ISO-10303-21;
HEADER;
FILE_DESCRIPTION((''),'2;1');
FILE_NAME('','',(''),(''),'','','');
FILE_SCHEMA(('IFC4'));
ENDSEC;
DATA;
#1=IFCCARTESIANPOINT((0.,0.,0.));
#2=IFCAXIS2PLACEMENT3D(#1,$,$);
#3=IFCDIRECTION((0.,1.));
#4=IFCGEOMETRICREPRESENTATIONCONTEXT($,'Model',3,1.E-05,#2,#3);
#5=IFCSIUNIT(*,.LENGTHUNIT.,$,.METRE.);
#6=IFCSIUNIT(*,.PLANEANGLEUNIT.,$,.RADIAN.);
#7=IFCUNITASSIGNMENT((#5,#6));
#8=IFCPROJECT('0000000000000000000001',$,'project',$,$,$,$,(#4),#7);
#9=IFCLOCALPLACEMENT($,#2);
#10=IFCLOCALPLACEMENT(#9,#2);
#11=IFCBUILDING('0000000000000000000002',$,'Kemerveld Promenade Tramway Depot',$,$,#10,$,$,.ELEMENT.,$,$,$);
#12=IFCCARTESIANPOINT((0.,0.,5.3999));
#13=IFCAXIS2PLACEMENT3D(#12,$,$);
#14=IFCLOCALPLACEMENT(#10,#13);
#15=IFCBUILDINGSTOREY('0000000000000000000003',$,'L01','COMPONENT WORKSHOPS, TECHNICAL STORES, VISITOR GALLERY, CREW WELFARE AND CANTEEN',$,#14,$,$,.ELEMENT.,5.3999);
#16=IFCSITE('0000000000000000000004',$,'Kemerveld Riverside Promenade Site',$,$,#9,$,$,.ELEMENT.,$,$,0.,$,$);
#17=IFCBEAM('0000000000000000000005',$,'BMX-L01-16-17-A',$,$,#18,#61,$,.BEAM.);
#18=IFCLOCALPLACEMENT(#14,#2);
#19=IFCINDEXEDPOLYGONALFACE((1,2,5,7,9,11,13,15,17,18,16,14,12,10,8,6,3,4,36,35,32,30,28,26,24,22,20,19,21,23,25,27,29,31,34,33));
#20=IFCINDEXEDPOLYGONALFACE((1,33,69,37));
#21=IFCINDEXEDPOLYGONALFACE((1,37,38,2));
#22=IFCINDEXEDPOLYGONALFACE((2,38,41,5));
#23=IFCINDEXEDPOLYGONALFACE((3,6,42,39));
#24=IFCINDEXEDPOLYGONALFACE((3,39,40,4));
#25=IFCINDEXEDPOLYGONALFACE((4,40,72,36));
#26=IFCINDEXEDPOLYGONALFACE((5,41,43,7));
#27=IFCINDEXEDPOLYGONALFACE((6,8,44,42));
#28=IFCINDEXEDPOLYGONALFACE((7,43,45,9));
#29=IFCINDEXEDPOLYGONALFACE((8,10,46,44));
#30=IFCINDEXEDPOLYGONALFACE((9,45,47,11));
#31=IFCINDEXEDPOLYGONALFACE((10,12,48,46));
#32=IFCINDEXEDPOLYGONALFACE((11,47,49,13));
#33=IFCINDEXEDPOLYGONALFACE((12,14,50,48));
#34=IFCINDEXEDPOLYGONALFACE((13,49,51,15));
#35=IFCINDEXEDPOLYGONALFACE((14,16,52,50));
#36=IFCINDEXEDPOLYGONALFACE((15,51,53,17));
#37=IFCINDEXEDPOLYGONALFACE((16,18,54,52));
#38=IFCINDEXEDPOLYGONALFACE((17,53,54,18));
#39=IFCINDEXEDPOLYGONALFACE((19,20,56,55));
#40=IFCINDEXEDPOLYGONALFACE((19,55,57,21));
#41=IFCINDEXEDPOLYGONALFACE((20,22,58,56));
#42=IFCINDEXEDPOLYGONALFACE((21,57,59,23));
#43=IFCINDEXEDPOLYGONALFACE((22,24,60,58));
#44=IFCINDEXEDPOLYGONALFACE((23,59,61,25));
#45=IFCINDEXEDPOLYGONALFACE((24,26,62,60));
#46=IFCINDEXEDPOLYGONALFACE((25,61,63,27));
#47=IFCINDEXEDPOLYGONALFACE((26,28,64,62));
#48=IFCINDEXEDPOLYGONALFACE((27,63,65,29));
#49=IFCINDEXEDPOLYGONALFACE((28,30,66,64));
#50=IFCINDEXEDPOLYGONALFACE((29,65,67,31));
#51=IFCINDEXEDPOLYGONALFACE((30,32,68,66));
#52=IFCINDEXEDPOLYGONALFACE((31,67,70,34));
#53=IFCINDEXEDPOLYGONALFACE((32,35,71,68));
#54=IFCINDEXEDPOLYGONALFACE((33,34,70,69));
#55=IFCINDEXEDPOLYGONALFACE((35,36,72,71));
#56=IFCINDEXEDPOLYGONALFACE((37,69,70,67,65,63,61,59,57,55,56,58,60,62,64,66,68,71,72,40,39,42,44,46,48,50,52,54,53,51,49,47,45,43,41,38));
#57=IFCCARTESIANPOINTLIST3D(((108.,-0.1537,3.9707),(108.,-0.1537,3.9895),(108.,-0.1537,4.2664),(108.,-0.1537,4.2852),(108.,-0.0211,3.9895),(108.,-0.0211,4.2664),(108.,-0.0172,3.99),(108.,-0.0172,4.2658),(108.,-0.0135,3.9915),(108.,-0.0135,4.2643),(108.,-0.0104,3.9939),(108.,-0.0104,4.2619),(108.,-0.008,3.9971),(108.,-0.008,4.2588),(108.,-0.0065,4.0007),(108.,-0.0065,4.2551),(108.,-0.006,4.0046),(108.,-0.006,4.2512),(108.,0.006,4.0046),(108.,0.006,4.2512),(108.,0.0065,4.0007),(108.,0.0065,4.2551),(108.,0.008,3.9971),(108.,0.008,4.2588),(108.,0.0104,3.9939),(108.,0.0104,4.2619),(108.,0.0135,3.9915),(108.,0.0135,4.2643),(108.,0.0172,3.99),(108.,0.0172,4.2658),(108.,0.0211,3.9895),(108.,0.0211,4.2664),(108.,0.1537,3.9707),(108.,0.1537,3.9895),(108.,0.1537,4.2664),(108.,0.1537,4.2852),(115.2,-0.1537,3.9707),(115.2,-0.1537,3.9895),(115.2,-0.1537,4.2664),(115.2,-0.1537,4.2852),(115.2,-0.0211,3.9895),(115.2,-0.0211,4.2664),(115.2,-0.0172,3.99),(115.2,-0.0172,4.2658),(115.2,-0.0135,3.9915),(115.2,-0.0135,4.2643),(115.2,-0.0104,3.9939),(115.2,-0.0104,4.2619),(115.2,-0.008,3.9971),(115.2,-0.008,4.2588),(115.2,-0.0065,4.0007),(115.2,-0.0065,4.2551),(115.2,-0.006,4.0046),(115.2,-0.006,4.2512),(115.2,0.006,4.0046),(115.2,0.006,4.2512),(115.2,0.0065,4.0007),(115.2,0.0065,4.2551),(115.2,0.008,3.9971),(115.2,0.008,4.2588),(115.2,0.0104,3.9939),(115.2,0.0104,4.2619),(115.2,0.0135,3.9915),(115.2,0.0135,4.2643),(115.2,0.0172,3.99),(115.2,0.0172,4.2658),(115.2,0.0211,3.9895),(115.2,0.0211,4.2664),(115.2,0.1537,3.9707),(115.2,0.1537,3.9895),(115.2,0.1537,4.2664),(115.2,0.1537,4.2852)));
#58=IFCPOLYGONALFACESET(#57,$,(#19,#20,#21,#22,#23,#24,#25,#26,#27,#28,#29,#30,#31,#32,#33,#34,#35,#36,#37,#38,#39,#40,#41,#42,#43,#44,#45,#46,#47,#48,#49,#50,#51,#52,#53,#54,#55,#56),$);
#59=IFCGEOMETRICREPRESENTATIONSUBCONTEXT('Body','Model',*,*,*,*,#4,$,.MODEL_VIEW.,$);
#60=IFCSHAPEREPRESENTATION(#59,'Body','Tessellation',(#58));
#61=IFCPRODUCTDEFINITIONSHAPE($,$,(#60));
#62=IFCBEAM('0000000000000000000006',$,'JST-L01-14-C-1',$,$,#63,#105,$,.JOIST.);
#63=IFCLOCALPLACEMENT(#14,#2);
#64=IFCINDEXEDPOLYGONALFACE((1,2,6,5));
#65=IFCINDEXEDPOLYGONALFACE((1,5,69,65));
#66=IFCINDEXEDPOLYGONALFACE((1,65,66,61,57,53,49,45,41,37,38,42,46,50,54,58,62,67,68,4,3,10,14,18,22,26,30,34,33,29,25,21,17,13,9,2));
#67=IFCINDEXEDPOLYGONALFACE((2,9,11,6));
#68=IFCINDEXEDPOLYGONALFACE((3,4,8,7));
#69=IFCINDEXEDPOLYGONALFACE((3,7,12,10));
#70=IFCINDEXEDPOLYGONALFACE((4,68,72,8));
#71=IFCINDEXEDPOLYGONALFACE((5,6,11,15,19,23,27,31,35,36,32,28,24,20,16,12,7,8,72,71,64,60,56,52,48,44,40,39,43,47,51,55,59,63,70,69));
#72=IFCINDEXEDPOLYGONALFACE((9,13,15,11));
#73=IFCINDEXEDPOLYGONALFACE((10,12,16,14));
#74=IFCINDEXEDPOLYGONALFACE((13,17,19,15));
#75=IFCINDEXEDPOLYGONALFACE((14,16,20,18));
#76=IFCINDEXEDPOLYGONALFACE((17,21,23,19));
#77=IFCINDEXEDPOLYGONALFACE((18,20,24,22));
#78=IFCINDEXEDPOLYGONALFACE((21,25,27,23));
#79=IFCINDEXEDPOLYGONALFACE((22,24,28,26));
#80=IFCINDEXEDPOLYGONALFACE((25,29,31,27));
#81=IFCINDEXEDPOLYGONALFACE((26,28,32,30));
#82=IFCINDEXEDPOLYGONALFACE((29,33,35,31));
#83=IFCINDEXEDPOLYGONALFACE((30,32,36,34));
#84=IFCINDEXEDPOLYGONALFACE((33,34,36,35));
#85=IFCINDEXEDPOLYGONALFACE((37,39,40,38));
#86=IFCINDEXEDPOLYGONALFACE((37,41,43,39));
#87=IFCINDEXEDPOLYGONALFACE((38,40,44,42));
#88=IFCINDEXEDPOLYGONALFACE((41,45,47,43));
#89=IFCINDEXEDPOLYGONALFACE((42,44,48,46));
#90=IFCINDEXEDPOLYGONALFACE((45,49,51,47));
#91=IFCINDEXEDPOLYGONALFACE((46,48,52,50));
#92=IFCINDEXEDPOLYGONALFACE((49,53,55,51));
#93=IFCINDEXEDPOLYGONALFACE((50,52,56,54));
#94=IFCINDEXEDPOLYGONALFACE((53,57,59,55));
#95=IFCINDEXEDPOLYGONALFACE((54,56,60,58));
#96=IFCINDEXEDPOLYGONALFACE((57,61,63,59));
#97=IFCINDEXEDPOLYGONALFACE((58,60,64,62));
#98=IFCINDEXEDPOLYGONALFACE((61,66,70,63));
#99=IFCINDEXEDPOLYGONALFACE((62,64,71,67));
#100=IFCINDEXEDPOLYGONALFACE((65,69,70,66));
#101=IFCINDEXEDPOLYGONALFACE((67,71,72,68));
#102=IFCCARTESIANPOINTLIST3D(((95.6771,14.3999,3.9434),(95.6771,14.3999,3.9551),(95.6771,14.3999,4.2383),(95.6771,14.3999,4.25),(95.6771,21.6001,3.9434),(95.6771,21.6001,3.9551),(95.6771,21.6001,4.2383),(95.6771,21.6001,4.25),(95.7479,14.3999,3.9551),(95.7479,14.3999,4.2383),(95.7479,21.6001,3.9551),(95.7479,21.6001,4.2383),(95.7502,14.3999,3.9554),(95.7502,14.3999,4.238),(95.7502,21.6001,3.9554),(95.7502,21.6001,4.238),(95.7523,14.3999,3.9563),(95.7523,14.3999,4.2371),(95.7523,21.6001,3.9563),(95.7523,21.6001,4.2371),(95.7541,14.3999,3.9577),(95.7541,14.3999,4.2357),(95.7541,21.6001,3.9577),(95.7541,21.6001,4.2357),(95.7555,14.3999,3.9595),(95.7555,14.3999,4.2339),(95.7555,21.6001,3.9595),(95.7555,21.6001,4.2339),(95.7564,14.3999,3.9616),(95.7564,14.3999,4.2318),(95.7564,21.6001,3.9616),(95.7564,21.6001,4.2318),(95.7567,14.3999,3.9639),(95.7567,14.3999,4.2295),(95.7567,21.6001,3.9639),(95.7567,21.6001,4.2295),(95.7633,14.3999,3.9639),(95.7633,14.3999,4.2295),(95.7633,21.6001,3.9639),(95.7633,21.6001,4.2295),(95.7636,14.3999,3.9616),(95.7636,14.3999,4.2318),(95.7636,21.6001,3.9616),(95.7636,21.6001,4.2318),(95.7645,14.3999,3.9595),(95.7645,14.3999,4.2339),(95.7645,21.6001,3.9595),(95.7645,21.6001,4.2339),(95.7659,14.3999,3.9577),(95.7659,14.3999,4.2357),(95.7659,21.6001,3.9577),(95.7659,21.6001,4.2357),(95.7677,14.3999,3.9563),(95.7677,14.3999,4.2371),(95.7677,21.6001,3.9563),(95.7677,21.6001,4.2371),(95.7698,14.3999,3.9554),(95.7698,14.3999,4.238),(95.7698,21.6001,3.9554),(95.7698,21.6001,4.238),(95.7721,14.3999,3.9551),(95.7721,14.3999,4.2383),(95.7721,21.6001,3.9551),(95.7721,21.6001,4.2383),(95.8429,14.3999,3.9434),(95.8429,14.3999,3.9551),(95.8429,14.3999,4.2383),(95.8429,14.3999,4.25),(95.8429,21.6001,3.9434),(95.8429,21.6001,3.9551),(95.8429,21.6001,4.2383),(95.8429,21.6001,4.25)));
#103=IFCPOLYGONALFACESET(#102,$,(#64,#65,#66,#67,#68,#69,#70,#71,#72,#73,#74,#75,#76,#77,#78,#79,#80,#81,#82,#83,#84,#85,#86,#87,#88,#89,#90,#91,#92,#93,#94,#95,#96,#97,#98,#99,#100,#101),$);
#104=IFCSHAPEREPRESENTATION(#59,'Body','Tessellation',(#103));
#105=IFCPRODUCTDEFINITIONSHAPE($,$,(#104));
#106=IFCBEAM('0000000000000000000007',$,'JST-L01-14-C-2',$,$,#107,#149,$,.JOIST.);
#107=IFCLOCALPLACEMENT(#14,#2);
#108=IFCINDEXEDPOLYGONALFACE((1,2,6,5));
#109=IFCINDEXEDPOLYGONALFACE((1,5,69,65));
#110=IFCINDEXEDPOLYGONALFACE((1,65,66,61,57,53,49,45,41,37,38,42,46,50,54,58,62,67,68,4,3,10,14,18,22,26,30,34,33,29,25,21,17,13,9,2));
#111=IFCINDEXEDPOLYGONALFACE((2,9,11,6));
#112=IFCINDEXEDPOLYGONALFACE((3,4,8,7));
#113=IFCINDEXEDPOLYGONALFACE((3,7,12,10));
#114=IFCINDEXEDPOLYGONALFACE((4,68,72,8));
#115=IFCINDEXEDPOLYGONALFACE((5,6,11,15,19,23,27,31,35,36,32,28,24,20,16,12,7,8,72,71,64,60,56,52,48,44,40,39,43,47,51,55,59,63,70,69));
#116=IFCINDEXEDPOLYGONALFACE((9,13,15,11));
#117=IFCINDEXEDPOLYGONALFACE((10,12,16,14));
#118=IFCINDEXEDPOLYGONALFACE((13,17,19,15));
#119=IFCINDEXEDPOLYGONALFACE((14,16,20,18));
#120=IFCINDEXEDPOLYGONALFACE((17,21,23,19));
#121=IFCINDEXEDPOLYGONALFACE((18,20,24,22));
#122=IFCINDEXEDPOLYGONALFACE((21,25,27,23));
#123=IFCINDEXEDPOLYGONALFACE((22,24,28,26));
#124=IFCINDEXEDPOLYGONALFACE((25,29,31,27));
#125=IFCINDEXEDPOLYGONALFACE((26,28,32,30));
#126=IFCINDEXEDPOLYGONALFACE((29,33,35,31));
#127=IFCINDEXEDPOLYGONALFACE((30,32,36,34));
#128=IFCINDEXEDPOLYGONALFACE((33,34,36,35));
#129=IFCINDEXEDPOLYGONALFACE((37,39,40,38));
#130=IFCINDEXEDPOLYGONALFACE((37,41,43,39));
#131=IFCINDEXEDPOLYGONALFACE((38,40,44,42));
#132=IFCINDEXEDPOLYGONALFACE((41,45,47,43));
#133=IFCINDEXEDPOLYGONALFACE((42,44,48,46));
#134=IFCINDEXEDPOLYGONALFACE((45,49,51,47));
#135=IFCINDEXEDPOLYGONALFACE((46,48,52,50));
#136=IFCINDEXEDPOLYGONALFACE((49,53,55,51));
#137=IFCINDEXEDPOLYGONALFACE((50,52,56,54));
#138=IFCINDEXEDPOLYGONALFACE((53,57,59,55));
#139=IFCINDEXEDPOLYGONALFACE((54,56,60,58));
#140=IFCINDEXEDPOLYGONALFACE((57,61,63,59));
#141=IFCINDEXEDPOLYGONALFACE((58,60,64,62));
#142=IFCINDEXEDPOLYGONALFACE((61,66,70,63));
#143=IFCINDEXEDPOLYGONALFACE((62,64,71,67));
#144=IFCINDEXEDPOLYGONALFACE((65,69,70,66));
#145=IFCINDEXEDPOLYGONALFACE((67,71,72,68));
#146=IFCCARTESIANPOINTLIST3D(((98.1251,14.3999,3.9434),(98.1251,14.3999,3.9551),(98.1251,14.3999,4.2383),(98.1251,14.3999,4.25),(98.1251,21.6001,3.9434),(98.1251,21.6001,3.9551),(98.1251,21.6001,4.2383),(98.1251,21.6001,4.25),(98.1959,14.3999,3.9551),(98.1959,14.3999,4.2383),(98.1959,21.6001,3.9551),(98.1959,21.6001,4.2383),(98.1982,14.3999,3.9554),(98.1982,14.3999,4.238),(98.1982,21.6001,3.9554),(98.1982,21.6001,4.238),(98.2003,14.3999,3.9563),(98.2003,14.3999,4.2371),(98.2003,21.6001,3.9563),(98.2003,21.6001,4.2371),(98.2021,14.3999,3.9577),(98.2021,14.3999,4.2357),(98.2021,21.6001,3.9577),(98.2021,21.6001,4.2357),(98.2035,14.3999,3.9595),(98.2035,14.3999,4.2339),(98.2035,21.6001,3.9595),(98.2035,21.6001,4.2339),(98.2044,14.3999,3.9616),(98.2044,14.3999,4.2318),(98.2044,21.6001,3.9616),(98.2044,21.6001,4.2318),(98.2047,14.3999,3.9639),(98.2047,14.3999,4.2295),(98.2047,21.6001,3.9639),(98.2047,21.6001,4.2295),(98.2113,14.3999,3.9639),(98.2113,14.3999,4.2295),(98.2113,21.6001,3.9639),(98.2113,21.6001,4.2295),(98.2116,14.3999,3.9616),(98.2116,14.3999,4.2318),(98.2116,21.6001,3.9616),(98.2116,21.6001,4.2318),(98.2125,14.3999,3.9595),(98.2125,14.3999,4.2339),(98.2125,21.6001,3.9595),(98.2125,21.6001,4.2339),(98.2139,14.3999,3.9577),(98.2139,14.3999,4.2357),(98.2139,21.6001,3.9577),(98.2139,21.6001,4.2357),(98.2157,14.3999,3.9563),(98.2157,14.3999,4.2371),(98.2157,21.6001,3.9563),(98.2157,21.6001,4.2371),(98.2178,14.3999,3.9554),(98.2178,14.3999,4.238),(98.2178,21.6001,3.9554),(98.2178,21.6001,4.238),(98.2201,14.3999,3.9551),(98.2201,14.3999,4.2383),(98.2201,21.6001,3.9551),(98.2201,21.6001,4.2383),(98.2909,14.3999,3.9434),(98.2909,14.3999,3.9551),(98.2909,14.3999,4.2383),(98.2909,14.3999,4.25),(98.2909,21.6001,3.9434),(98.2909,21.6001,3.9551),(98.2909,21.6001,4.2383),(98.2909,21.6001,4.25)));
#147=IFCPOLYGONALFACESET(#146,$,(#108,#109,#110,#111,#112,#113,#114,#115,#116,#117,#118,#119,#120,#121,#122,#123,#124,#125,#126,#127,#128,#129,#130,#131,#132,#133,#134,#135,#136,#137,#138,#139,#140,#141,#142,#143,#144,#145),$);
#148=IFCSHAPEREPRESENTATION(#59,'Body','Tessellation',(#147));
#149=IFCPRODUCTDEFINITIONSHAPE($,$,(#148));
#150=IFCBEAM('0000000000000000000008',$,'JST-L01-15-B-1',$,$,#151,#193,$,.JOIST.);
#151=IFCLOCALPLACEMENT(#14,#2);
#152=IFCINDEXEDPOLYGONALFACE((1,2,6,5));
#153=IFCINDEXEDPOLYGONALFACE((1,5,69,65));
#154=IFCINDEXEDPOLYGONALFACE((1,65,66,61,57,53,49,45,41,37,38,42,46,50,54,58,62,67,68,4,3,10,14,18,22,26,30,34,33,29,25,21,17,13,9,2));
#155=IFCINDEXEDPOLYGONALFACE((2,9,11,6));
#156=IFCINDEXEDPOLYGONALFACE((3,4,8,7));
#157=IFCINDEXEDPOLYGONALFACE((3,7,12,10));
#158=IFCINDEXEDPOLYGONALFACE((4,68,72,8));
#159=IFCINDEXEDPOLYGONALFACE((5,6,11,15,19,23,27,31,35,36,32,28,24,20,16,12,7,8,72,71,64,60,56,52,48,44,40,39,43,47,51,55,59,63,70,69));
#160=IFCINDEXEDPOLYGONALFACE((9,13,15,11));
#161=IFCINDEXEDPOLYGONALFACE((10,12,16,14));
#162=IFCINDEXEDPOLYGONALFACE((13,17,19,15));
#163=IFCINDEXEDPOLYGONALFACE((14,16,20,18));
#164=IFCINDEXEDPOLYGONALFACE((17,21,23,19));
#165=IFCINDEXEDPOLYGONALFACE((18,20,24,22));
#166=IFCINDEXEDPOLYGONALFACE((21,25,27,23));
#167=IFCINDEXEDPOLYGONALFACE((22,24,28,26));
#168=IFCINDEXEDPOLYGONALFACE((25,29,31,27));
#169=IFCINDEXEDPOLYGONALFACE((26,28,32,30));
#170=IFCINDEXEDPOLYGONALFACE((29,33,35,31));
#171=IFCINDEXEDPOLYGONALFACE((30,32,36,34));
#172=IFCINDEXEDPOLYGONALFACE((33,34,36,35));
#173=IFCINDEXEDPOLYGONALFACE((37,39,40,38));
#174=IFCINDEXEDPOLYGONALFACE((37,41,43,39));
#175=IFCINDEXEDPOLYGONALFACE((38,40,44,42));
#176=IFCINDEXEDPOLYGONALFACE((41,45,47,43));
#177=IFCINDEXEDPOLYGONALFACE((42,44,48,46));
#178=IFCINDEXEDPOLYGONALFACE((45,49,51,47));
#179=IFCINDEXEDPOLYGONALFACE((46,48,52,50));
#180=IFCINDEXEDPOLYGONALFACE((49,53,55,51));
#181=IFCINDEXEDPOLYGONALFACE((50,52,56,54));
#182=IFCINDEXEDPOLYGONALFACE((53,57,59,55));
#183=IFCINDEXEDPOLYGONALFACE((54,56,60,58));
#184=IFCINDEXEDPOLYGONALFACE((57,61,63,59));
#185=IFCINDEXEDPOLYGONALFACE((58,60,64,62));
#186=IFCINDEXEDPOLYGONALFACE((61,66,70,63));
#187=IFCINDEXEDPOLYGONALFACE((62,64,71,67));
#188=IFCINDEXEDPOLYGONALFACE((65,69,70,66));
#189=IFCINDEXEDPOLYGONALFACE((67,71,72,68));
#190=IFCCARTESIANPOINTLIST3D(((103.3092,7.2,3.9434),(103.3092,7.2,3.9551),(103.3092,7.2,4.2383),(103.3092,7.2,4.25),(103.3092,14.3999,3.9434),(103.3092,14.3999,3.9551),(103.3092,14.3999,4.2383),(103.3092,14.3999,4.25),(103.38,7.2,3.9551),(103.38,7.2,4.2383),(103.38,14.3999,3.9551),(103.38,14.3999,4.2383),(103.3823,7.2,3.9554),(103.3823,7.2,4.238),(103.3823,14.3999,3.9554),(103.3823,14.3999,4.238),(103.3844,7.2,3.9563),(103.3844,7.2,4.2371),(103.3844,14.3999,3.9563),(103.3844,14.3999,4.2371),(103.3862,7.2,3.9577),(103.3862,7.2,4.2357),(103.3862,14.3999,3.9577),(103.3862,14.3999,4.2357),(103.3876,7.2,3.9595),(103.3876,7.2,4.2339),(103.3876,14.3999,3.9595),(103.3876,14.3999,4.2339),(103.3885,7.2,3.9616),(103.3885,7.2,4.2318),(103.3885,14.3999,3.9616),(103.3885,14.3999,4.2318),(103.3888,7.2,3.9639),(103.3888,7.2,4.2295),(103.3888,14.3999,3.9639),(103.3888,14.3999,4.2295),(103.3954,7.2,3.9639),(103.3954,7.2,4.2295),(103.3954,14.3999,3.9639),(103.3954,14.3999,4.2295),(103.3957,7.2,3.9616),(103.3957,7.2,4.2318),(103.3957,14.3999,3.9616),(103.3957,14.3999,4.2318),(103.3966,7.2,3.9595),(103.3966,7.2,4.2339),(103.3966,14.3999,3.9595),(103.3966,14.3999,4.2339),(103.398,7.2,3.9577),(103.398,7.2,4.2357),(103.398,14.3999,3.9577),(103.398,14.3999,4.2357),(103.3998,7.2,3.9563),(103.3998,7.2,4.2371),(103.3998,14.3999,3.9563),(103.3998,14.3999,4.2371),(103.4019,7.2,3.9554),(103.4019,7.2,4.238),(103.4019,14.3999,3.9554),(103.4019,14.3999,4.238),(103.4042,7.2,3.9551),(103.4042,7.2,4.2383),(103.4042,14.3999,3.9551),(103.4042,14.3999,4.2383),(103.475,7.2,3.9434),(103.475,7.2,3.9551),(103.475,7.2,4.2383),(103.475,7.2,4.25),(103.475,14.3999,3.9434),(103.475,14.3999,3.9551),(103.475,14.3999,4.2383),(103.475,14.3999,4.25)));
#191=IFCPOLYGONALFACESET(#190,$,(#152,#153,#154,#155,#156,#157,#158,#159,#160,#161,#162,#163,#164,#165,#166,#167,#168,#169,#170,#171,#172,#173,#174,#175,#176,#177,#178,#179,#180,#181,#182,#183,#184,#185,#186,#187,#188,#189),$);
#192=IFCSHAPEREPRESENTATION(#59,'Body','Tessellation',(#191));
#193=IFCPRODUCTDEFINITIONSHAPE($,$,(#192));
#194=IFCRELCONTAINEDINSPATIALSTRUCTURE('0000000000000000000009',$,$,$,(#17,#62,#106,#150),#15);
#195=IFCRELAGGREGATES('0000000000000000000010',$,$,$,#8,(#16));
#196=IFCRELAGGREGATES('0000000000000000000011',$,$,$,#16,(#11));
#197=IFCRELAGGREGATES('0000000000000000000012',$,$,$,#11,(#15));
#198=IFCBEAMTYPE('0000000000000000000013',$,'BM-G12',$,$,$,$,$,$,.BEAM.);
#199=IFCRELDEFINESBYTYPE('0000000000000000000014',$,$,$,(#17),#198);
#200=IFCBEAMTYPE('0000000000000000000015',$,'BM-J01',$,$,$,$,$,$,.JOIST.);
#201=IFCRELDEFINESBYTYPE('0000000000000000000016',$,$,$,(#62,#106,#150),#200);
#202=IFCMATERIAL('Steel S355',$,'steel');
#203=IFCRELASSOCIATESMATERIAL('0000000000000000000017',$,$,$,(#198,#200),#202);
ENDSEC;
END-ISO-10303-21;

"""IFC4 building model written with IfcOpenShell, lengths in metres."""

from ifc_helpers import new_model, si_unit, direction, frame, origin, origin_2d, place, context, subcontext, project, spatial, i_section, extrude, material, material_profile, profile_set, type_object, element, save


model = new_model("IFC4")

# Units and contexts
model_context = context("Model", 3, precision=1e-05, world=origin(), true_north=direction((0.0, 1.0)))
body_context = subcontext(model_context, "Body", "Model", "MODEL_VIEW")
ifc_project = project(units=[si_unit("LENGTHUNIT", "METRE"), si_unit("PLANEANGLEUNIT", "RADIAN")], contexts=[model_context])

# Site, building, storey
site_placement = place(None, origin())
site = spatial("IfcSite", under=ifc_project, at=site_placement, Name="Kemerveld Riverside Promenade Site", CompositionType="ELEMENT", RefElevation=0.0)
building_placement = place(site_placement, origin())
building = spatial("IfcBuilding", under=site, at=building_placement, Name="Kemerveld Promenade Tramway Depot", CompositionType="ELEMENT")
storey_placement = place(building_placement, frame((0.0, 0.0, 5.3999)))
storey = spatial("IfcBuildingStorey", under=building, at=storey_placement, Name="L01", Description="COMPONENT WORKSHOPS, TECHNICAL STORES, VISITOR GALLERY, CREW WELFARE AND CANTEEN", CompositionType="ELEMENT", Elevation=5.3999)

# Shared definitions
ifc_material_1 = material(Name="Steel S355", Category="steel")

# Beams
ifc_material_profile_1 = material_profile(ifc_material_1, i_section(OverallWidth=0.3074, OverallDepth=0.3145, WebThickness=0.012, FlangeThickness=0.0188, FilletRadius=0.0151, at=origin_2d()), Name="305x305x118 UC")
ifc_profile_set_1 = profile_set([ifc_material_profile_1], Name="Steel S355")
beam_type_1 = type_object("IfcBeamType", Name="BM-G12", PredefinedType="BEAM", material=ifc_profile_set_1)
beam_1_placement = place(storey_placement, frame((108.0, 0.0, 4.1279), z_axis=(1.0, 0.0, 0.0), x_axis=(0.0, 1.0, 0.0)))
element("IfcBeam", 1, at=beam_1_placement, inside=storey, type_object=beam_type_1, Name="BMX-L01-16-17-A", PredefinedType="BEAM", context=body_context, shape_type="SweptSolid", body=[
    extrude(i_section(OverallWidth=0.3074, OverallDepth=0.3145, WebThickness=0.012, FlangeThickness=0.0188, FilletRadius=0.0151, at=origin_2d()), origin(), (0.0, 0.0, 1.0), 7.2),
])
ifc_material_profile_2 = material_profile(ifc_material_1, i_section(OverallWidth=0.1658, OverallDepth=0.3066, WebThickness=0.0066, FlangeThickness=0.0117, FilletRadius=0.0088, at=origin_2d()), Name="305x165x46 UB")
ifc_profile_set_2 = profile_set([ifc_material_profile_2], Name="Steel S355")
beam_type_2 = type_object("IfcBeamType", Name="BM-J01", PredefinedType="JOIST", material=ifc_profile_set_2)
for number, where, z_axis, x_axis, name in (
    (2, (95.76, 14.3999, 4.0967), (0.0, 1.0, 0.0), (-1.0, 0.0, 0.0), "JST-L01-14-C-1"),
    (3, (98.208, 14.3999, 4.0967), (0.0, 1.0, 0.0), (-1.0, 0.0, 0.0), "JST-L01-14-C-2"),
):
    element("IfcBeam", number, at=place(storey_placement, frame(where, z_axis=z_axis, x_axis=x_axis)), inside=storey, type_object=beam_type_2, Name=name, PredefinedType="JOIST", context=body_context, shape_type="SweptSolid", body=[
        extrude(i_section(OverallWidth=0.1658, OverallDepth=0.3066, WebThickness=0.0066, FlangeThickness=0.0117, FilletRadius=0.0088, at=origin_2d()), origin(), (0.0, 0.0, 1.0), 7.2002),
    ])
for number, where, z_axis, x_axis, name in (
    (4, (103.3921, 7.2, 4.0967), (0.0, 1.0, 0.0), (-1.0, 0.0, 0.0), "JST-L01-15-B-1"),
):
    element("IfcBeam", number, at=place(storey_placement, frame(where, z_axis=z_axis, x_axis=x_axis)), inside=storey, type_object=beam_type_2, Name=name, PredefinedType="JOIST", context=body_context, shape_type="SweptSolid", body=[
        extrude(i_section(OverallWidth=0.1658, OverallDepth=0.3066, WebThickness=0.0066, FlangeThickness=0.0117, FilletRadius=0.0088, at=origin_2d()), origin(), (0.0, 0.0, 1.0), 7.2),
    ])

save(model, "model.ifc")
